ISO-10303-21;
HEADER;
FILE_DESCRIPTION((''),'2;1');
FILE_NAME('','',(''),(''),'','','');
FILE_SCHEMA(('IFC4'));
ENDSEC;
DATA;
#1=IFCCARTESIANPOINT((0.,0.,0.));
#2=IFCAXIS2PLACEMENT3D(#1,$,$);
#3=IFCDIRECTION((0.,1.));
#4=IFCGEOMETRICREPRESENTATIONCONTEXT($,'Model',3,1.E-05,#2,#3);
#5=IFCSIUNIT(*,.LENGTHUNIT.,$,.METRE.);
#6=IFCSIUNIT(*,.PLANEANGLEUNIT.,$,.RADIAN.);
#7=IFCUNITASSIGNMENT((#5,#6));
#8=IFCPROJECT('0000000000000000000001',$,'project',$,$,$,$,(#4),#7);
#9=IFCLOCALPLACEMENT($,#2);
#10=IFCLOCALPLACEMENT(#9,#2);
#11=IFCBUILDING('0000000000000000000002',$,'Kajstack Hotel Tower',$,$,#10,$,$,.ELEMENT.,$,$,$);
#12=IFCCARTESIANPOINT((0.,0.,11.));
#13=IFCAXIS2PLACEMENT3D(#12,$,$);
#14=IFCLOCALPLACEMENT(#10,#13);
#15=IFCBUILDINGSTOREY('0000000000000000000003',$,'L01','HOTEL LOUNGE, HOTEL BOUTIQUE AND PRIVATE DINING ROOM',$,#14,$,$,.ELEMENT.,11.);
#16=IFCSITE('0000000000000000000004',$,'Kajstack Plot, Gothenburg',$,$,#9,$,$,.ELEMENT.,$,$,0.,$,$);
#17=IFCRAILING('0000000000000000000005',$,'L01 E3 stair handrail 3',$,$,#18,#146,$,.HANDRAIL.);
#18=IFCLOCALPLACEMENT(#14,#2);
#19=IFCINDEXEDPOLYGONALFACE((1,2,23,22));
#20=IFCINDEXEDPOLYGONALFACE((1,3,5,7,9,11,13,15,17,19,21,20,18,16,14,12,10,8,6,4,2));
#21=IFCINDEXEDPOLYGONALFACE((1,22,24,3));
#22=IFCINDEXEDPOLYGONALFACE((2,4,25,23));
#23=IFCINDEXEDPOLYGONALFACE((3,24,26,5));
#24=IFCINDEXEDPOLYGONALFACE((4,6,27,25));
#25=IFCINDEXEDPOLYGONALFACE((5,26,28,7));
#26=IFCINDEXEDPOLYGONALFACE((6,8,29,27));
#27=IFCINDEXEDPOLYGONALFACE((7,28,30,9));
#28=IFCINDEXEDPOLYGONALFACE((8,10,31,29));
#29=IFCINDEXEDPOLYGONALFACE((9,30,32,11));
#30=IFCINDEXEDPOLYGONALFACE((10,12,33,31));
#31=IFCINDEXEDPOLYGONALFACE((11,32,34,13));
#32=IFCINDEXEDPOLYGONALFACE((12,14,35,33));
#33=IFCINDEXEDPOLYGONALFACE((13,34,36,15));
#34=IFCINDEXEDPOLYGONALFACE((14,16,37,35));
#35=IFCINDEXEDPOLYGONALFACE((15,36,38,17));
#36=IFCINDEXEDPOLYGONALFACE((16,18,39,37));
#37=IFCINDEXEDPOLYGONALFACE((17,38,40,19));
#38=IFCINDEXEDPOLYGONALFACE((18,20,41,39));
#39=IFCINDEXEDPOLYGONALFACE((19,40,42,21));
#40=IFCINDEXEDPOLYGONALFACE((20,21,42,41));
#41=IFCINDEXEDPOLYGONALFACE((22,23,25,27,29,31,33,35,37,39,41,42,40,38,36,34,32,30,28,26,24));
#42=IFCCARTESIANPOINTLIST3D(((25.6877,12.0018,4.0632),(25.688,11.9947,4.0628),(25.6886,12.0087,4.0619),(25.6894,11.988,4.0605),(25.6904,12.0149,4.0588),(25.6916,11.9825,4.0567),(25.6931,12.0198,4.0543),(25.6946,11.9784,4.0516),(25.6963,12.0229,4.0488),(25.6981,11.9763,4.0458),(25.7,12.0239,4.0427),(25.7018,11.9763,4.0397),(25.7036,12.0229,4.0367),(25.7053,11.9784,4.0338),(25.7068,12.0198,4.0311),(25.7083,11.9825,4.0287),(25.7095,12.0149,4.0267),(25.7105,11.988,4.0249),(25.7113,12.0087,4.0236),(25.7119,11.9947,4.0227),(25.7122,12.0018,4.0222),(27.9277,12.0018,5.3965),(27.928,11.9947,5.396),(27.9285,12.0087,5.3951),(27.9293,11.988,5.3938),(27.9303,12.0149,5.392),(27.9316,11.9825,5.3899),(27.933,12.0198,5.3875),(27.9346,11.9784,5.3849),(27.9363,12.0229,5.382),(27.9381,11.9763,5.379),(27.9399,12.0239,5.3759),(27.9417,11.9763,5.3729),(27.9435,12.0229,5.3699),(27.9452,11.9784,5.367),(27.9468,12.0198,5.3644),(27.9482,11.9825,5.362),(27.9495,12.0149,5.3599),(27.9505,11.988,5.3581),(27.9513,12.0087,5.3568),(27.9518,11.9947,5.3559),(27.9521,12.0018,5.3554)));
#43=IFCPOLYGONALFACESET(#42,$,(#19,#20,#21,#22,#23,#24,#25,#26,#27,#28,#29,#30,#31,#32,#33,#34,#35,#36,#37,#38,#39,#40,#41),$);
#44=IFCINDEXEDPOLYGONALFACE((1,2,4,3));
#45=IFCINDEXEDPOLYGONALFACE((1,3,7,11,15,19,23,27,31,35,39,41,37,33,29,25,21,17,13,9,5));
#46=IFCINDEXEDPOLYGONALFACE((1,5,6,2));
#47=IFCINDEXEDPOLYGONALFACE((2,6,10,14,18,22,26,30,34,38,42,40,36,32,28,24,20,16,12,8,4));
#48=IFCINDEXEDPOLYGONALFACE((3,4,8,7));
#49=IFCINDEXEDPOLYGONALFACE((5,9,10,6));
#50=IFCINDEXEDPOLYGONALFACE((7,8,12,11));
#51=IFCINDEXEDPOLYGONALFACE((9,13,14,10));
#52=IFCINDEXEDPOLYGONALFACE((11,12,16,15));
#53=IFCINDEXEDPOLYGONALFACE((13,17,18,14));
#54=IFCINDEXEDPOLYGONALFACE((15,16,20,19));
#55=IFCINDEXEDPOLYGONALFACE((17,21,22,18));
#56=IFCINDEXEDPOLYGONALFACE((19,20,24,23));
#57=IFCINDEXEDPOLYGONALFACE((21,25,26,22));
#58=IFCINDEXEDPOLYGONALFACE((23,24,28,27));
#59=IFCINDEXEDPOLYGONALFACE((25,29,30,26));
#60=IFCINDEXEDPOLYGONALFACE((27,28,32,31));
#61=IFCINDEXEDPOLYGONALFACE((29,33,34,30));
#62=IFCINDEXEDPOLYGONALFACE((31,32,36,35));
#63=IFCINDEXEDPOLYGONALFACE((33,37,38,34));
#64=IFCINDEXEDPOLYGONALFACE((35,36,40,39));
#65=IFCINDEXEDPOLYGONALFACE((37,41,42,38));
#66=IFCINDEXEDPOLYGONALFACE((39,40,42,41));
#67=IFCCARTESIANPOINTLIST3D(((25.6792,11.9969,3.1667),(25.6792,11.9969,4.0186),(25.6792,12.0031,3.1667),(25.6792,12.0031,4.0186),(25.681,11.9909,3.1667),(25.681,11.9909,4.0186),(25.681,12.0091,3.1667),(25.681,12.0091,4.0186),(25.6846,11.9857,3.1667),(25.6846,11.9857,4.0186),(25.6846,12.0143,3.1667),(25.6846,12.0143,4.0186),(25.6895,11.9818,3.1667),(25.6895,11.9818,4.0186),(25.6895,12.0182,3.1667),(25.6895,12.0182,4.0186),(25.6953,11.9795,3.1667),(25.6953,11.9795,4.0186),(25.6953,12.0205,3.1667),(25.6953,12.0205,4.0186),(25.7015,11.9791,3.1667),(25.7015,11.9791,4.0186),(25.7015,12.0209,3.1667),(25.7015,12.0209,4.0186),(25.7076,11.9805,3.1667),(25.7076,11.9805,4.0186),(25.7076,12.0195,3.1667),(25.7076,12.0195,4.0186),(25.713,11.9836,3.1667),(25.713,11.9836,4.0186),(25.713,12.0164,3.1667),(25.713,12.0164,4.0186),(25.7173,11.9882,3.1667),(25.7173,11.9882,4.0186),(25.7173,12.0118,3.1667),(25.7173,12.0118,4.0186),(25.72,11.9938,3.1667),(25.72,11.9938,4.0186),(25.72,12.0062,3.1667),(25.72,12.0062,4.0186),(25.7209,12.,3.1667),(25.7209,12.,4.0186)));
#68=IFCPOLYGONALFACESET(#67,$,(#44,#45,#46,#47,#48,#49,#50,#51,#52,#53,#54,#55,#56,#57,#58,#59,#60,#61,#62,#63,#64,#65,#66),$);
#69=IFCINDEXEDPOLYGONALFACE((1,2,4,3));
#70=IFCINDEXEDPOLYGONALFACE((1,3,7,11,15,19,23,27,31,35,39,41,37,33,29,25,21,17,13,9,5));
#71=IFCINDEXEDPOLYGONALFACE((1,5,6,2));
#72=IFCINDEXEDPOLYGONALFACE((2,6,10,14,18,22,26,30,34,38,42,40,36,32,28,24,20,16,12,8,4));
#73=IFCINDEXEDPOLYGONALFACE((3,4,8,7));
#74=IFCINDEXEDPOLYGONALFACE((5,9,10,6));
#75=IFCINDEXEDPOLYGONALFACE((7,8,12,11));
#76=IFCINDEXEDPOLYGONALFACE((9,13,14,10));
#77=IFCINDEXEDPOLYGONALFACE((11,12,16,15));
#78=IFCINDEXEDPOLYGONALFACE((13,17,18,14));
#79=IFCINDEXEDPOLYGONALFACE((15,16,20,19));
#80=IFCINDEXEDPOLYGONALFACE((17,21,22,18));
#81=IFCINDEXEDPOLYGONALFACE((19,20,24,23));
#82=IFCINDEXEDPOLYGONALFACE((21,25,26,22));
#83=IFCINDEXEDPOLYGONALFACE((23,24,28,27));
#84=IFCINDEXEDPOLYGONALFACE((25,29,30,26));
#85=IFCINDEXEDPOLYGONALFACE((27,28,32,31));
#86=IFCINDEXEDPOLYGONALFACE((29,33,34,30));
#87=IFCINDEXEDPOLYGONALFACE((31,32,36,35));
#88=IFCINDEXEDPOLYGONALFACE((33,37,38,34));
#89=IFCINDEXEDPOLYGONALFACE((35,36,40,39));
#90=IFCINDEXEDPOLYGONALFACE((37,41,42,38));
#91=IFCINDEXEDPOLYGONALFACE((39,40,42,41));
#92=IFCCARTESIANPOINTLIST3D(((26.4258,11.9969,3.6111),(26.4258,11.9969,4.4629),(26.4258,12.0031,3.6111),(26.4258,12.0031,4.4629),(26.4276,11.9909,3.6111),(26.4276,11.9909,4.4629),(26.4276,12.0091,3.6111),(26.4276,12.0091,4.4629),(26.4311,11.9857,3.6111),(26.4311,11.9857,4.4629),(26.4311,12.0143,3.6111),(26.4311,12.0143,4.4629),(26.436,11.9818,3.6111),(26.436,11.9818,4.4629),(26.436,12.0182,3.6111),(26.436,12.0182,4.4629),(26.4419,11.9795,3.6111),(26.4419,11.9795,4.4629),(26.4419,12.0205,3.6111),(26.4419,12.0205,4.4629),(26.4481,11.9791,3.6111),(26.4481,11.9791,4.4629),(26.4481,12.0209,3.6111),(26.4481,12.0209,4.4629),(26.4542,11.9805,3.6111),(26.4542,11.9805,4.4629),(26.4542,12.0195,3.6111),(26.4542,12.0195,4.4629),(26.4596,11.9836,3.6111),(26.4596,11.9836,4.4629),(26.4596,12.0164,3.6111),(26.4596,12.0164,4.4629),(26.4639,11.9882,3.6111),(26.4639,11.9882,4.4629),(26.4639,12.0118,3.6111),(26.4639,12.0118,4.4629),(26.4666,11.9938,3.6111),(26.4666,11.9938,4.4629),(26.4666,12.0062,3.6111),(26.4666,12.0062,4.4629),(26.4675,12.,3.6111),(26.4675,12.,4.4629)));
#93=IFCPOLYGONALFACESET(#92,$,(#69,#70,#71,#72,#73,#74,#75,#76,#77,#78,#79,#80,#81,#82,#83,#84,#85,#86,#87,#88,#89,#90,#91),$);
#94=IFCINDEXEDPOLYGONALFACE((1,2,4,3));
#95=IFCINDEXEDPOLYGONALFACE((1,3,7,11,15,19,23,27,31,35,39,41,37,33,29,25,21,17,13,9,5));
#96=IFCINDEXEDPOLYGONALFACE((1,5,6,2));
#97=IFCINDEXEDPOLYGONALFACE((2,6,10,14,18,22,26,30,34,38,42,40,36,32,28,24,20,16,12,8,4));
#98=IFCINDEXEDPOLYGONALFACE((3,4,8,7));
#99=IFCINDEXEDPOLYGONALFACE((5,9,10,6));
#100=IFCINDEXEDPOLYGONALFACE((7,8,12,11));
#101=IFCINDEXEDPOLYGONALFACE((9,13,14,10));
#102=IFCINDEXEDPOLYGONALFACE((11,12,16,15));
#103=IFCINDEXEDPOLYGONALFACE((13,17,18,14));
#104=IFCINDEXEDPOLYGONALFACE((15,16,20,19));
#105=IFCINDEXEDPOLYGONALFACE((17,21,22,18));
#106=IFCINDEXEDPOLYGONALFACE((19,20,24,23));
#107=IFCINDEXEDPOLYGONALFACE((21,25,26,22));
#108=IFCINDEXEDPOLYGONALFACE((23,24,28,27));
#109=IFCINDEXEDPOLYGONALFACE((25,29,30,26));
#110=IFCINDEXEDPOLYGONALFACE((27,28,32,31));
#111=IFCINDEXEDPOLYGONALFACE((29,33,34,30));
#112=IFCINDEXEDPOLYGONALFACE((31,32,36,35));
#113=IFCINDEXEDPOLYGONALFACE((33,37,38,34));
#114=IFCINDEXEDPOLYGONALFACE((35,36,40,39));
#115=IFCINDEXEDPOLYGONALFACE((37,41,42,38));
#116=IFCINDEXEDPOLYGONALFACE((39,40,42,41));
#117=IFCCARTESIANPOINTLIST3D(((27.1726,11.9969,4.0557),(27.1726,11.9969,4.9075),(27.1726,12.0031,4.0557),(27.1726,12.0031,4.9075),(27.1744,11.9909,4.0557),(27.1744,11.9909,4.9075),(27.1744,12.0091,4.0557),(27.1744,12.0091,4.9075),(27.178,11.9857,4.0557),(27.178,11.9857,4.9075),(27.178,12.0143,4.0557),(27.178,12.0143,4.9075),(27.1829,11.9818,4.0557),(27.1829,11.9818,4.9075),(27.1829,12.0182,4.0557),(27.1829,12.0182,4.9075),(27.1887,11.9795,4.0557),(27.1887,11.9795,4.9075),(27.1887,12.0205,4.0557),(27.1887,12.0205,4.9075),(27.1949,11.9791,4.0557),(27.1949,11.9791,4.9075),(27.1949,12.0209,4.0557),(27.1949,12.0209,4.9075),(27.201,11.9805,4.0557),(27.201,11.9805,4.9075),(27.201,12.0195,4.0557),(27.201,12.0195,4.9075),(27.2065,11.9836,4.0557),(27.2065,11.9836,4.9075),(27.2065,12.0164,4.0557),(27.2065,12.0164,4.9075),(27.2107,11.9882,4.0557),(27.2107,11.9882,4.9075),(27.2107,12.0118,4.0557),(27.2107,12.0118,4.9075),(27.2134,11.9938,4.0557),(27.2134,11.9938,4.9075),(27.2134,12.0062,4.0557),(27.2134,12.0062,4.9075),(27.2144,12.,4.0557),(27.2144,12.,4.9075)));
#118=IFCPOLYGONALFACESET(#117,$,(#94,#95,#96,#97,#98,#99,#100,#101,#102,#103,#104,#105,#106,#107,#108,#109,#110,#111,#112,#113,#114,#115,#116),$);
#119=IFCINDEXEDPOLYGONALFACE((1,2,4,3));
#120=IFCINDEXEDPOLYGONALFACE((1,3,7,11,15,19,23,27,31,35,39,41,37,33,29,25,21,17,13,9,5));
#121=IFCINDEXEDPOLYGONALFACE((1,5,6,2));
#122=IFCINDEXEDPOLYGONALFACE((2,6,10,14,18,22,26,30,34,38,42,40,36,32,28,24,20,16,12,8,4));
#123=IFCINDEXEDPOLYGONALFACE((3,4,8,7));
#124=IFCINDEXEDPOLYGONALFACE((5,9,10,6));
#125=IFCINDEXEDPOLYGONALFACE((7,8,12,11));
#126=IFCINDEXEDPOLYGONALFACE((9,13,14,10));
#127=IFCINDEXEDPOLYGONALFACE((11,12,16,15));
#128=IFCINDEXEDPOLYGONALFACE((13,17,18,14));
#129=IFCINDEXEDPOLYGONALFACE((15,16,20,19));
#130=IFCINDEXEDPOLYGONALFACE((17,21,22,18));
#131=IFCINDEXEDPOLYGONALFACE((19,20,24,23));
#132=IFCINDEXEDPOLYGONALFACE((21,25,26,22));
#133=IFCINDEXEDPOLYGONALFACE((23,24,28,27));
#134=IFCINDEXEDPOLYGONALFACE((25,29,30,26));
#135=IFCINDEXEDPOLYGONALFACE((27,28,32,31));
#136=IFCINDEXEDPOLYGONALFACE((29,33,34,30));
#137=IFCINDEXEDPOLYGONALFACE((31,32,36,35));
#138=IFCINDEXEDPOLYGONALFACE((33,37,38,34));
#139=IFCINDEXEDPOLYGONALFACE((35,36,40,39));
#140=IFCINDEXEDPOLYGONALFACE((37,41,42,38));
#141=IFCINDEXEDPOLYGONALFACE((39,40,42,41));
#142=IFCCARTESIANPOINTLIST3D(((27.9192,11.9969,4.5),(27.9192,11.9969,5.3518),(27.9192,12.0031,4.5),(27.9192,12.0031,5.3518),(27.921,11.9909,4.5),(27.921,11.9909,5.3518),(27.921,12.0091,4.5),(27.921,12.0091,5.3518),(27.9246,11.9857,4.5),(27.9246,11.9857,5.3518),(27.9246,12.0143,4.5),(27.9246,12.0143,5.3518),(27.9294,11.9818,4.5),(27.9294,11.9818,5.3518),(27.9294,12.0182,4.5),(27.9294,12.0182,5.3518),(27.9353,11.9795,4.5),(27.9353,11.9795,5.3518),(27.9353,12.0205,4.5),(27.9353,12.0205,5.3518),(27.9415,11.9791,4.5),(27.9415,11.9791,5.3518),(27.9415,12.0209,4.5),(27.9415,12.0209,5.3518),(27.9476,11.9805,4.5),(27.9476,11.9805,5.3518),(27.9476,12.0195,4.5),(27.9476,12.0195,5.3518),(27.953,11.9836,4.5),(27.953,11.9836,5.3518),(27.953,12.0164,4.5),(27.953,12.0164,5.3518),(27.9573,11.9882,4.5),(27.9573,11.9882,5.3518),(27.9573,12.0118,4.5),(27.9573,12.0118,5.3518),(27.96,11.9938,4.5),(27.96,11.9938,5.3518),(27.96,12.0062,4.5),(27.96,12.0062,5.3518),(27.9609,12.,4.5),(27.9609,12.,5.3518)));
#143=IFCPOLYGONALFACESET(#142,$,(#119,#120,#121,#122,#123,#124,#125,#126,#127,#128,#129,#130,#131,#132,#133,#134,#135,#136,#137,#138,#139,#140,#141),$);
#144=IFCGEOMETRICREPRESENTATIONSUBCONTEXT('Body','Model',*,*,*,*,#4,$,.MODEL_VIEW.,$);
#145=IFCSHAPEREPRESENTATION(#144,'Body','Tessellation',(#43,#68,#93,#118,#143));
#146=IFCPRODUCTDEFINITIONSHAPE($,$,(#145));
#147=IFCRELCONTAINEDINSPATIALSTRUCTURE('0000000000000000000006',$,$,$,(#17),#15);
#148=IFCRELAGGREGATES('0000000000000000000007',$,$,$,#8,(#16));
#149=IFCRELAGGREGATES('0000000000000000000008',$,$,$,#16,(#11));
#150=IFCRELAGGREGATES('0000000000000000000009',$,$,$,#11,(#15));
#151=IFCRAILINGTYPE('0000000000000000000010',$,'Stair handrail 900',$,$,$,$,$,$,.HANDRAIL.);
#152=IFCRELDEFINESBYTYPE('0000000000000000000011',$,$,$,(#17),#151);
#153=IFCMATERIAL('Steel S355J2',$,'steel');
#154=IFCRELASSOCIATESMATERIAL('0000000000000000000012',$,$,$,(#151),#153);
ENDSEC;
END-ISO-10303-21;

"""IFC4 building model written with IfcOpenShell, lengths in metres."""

from ifc_helpers import new_model, si_unit, direction, frame, origin, origin_2d, place, context, subcontext, project, spatial, circle, extrude, material, type_object, element, save


model = new_model("IFC4")

# Units and contexts
model_context = context("Model", 3, precision=1e-05, world=origin(), true_north=direction((0.0, 1.0)))
body_context = subcontext(model_context, "Body", "Model", "MODEL_VIEW")
ifc_project = project(units=[si_unit("LENGTHUNIT", "METRE"), si_unit("PLANEANGLEUNIT", "RADIAN")], contexts=[model_context])

# Site, building, storey
site_placement = place(None, origin())
site = spatial("IfcSite", under=ifc_project, at=site_placement, Name="Kajstack Plot, Gothenburg", CompositionType="ELEMENT", RefElevation=0.0)
building_placement = place(site_placement, origin())
building = spatial("IfcBuilding", under=site, at=building_placement, Name="Kajstack Hotel Tower", CompositionType="ELEMENT")
storey_placement = place(building_placement, frame((0.0, 0.0, 11.0)))
storey = spatial("IfcBuildingStorey", under=building, at=storey_placement, Name="L01", Description="HOTEL LOUNGE, HOTEL BOUTIQUE AND PRIVATE DINING ROOM", CompositionType="ELEMENT", Elevation=11.0)

# Railing
ifc_material_1 = material(Name="Steel S355J2", Category="steel")
railing_type_1 = type_object("IfcRailingType", Name="Stair handrail 900", PredefinedType="HANDRAIL", material=ifc_material_1)
railing_1_placement = place(storey_placement, frame((25.7, 12.0, 3.1667)))
element("IfcRailing", 1, at=railing_1_placement, inside=storey, type_object=railing_type_1, Name="L01 E3 stair handrail 3", PredefinedType="HANDRAIL", context=body_context, shape_type="SweptSolid", body=[
    extrude(circle(Radius=0.0239, at=origin_2d()), frame((0.0, 0.0, 0.876), z_axis=(0.859306, 0.0, 0.511462), x_axis=(0.0, 1.0, 0.0)), (0.0, 0.0, 1.0), 2.6067),
    extrude(circle(Radius=0.021, at=origin_2d()), origin(), (0.0, 0.0, 1.0), 0.8518),
    extrude(circle(Radius=0.021, at=origin_2d()), frame((0.7466, 0.0, 0.4443)), (0.0, 0.0, 1.0), 0.8518),
    extrude(circle(Radius=0.021, at=origin_2d()), frame((1.4934, 0.0, 0.8889)), (0.0, 0.0, 1.0), 0.8518),
    extrude(circle(Radius=0.021, at=origin_2d()), frame((2.24, 0.0, 1.3333)), (0.0, 0.0, 1.0), 0.8518),
])

save(model, "model.ifc")
